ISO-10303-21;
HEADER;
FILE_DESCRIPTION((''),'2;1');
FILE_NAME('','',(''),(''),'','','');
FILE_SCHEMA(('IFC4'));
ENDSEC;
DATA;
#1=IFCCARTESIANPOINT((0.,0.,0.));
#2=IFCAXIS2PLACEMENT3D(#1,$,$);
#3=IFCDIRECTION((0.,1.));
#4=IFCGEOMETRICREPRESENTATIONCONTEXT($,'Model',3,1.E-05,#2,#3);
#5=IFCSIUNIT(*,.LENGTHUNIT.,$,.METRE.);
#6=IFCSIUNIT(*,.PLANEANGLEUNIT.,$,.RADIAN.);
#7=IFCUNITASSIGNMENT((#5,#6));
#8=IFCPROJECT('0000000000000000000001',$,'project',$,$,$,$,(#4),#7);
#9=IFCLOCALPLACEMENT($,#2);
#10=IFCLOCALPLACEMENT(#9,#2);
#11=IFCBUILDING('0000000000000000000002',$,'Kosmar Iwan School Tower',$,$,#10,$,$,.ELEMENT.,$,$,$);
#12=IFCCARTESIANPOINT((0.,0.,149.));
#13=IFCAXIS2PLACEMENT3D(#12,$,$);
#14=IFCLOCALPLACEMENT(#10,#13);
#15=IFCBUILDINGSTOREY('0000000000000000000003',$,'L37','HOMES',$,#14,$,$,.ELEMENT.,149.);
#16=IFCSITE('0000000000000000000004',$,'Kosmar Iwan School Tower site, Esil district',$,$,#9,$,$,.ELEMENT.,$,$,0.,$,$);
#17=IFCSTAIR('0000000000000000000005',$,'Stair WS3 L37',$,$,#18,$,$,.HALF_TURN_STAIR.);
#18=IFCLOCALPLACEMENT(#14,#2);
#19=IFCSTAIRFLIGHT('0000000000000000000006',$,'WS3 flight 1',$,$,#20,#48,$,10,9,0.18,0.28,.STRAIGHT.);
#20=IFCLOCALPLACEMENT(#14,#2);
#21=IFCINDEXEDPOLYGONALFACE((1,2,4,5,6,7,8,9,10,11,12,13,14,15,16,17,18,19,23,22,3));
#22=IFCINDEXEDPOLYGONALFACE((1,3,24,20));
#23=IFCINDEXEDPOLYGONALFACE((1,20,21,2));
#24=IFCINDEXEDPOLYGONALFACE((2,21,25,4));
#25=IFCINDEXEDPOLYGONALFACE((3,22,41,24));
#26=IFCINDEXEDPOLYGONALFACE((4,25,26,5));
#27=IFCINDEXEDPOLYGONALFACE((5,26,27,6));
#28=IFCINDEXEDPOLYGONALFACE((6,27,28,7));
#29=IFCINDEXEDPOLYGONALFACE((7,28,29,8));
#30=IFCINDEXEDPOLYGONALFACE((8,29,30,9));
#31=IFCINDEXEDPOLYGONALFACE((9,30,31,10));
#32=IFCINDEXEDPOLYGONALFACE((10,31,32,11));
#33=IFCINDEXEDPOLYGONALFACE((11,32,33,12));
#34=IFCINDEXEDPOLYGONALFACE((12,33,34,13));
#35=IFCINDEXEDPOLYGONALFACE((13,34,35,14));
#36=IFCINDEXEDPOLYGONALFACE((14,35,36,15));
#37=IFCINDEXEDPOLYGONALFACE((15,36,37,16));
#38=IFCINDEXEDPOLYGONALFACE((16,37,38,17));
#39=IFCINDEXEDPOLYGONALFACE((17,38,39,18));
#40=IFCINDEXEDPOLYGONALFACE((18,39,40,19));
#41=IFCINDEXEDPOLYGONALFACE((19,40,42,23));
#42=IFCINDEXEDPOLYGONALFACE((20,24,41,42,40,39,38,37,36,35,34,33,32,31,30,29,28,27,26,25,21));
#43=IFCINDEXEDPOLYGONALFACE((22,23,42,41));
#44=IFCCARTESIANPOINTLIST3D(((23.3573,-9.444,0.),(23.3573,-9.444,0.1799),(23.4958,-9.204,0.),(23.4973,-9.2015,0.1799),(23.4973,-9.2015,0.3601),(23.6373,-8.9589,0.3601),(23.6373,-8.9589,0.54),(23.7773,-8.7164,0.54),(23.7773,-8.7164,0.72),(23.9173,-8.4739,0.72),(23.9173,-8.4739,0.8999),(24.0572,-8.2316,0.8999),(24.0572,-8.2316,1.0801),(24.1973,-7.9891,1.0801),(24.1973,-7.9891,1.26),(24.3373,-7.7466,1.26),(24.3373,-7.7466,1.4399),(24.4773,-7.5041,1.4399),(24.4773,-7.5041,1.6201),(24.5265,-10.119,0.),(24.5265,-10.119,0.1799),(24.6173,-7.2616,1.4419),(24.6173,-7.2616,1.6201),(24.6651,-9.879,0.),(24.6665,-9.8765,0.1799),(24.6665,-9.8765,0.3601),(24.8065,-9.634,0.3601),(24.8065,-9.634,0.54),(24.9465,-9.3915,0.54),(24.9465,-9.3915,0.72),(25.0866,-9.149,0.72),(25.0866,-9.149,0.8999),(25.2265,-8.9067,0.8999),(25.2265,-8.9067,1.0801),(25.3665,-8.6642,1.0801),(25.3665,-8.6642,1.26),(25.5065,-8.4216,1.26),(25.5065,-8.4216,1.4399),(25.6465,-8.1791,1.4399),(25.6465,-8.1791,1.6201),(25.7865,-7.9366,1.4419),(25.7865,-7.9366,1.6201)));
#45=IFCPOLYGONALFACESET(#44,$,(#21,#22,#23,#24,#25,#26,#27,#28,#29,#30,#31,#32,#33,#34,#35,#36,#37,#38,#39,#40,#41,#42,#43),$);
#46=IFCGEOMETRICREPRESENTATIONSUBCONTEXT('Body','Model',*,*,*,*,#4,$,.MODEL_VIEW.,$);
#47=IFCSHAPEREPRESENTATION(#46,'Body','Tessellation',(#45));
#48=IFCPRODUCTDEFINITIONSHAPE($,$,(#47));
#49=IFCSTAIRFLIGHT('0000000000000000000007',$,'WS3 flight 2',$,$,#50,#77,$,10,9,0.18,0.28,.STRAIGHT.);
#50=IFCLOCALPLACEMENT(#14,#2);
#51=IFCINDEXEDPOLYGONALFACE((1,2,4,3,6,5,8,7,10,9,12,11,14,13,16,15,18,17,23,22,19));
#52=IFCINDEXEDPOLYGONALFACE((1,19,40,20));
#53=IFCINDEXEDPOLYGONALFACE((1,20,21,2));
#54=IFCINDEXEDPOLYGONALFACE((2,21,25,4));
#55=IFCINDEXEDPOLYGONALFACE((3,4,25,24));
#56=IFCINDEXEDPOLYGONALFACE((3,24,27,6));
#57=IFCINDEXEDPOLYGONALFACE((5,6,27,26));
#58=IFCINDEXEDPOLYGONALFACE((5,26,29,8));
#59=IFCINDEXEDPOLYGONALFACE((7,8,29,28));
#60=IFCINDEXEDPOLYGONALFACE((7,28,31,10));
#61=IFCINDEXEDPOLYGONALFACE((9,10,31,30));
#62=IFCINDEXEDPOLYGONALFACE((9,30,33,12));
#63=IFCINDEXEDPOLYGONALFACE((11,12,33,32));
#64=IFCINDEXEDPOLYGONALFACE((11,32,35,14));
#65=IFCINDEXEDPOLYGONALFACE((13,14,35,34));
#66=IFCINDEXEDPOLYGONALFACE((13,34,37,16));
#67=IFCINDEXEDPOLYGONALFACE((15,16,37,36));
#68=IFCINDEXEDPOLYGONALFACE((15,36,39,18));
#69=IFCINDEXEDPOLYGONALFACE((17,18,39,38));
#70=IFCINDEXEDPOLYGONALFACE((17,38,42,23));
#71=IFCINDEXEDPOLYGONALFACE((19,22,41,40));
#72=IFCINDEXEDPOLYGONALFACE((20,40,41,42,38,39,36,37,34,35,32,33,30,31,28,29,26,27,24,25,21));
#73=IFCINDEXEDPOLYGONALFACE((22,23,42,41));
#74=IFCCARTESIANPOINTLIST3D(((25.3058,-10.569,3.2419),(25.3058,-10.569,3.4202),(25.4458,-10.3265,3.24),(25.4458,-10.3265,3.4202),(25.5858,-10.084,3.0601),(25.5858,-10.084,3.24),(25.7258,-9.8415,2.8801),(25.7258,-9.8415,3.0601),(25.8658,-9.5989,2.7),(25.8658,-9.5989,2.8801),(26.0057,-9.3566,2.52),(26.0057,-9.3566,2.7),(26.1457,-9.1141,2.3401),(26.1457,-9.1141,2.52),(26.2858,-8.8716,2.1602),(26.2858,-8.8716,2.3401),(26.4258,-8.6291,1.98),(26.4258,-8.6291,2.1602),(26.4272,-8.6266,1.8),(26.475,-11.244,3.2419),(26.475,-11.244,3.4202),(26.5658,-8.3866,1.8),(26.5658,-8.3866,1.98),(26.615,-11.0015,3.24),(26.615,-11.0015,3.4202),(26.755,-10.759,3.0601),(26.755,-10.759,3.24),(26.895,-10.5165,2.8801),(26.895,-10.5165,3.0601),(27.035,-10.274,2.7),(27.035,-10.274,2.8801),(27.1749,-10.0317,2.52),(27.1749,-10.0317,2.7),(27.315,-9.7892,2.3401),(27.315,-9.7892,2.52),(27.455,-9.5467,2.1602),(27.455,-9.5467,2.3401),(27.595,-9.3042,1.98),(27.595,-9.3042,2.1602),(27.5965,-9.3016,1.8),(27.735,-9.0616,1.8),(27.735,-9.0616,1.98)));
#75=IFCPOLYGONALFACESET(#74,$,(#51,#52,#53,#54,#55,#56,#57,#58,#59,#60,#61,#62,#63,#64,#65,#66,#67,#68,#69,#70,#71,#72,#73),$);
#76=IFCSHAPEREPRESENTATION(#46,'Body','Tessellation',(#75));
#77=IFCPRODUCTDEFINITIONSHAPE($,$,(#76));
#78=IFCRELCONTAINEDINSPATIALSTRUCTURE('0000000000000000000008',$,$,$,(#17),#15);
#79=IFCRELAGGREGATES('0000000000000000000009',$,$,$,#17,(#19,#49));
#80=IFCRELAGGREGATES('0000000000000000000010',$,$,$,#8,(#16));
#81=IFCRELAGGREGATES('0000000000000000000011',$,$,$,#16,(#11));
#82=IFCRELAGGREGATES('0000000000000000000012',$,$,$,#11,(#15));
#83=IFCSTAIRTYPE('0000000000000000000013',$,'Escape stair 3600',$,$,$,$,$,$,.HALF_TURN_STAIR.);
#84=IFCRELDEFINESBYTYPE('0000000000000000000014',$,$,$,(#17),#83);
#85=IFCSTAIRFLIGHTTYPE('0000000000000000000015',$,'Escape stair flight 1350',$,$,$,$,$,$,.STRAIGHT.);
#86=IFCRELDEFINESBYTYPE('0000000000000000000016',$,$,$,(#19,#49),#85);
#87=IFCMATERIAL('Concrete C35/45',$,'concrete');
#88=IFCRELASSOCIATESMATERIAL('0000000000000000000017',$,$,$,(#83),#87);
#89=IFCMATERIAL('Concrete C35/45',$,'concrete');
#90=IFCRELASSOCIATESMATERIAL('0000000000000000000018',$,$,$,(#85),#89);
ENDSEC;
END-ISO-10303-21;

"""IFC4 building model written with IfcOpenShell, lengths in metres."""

from ifc_helpers import new_model, si_unit, direction, frame, origin, place, context, subcontext, project, spatial, polyline, outline, extrude, material, type_object, element, aggregate, save


model = new_model("IFC4")

# Units and contexts
model_context = context("Model", 3, precision=1e-05, world=origin(), true_north=direction((0.0, 1.0)))
body_context = subcontext(model_context, "Body", "Model", "MODEL_VIEW")
ifc_project = project(units=[si_unit("LENGTHUNIT", "METRE"), si_unit("PLANEANGLEUNIT", "RADIAN")], contexts=[model_context])

# Site, building, storey
site_placement = place(None, origin())
site = spatial("IfcSite", under=ifc_project, at=site_placement, Name="Kosmar Iwan School Tower site, Esil district", CompositionType="ELEMENT", RefElevation=0.0)
building_placement = place(site_placement, origin())
building = spatial("IfcBuilding", under=site, at=building_placement, Name="Kosmar Iwan School Tower", CompositionType="ELEMENT")
storey_placement = place(building_placement, frame((0.0, 0.0, 149.0)))
storey = spatial("IfcBuildingStorey", under=building, at=storey_placement, Name="L37", Description="HOMES", CompositionType="ELEMENT", Elevation=149.0)

# Stair, stair flights
ifc_material_1 = material(Name="Concrete C35/45", Category="concrete")
stair_type = type_object("IfcStairType", Name="Escape stair 3600", PredefinedType="HALF_TURN_STAIR", material=ifc_material_1)
stair_placement = place(storey_placement, origin())
stair = element("IfcStair", 1, at=stair_placement, inside=storey, type_object=stair_type, Name="Stair WS3 L37", PredefinedType="HALF_TURN_STAIR")
ifc_material_2 = material(Name="Concrete C35/45", Category="concrete")
stair_flight_type = type_object("IfcStairFlightType", Name="Escape stair flight 1350", PredefinedType="STRAIGHT", material=ifc_material_2)
stair_flight_1_placement = place(storey_placement, frame((23.9419, -9.7815, 0.0), z_axis=(0.0, 0.0, 1.0), x_axis=(0.5, 0.866025, 0.0)))
stair_flight_1 = element("IfcStairFlight", 2, at=stair_flight_1_placement, type_object=stair_flight_type, Name="WS3 flight 1", NumberOfRisers=10, NumberOfTreads=9, PredefinedType="STRAIGHT", RiserHeight=0.18, TreadLength=0.28, context=body_context, shape_type="SweptSolid", body=[
    extrude(outline(polyline([(0.0, 0.0), (0.0, 0.1799), (0.28, 0.1799), (0.28, 0.3601), (0.5601, 0.3601), (0.5601, 0.54), (0.8401, 0.54), (0.8401, 0.72), (1.1201, 0.72), (1.1201, 0.8999), (1.3999, 0.8999), (1.3999, 1.0801), (1.6799, 1.0801), (1.6799, 1.26), (1.96, 1.26), (1.96, 1.4399), (2.24, 1.4399), (2.24, 1.6201), (2.52, 1.6201), (2.52, 1.8), (2.52, 1.4419), (0.2771, 0.0), (0.0, 0.0)])), frame((0.0, 0.675, 0.0), z_axis=(0.0, -1.0, 0.0), x_axis=(1.0, 0.0, 0.0)), (0.0, 0.0, 1.0), 1.3501),
])
stair_flight_2_placement = place(storey_placement, frame((27.1504, -8.7241, 1.8), z_axis=(0.0, 0.0, 1.0), x_axis=(-0.5, -0.866025, 0.0)))
stair_flight_2 = element("IfcStairFlight", 3, at=stair_flight_2_placement, type_object=stair_flight_type, Name="WS3 flight 2", NumberOfRisers=10, NumberOfTreads=9, PredefinedType="STRAIGHT", RiserHeight=0.18, TreadLength=0.28, context=body_context, shape_type="SweptSolid", body=[
    extrude(outline(polyline([(0.0, 0.0), (0.0, 0.1799), (0.28, 0.1799), (0.28, 0.3601), (0.5601, 0.3601), (0.5601, 0.54), (0.8401, 0.54), (0.8401, 0.72), (1.1201, 0.72), (1.1201, 0.8999), (1.3999, 0.8999), (1.3999, 1.0801), (1.6799, 1.0801), (1.6799, 1.26), (1.96, 1.26), (1.96, 1.4399), (2.24, 1.4399), (2.24, 1.6201), (2.52, 1.6201), (2.52, 1.8), (2.52, 1.4419), (0.2771, 0.0), (0.0, 0.0)])), frame((0.0, 0.675, 0.0), z_axis=(0.0, -1.0, 0.0), x_axis=(1.0, 0.0, 0.0)), (0.0, 0.0, 1.0), 1.3501),
])
aggregate(stair, [stair_flight_1, stair_flight_2])

save(model, "model.ifc")
